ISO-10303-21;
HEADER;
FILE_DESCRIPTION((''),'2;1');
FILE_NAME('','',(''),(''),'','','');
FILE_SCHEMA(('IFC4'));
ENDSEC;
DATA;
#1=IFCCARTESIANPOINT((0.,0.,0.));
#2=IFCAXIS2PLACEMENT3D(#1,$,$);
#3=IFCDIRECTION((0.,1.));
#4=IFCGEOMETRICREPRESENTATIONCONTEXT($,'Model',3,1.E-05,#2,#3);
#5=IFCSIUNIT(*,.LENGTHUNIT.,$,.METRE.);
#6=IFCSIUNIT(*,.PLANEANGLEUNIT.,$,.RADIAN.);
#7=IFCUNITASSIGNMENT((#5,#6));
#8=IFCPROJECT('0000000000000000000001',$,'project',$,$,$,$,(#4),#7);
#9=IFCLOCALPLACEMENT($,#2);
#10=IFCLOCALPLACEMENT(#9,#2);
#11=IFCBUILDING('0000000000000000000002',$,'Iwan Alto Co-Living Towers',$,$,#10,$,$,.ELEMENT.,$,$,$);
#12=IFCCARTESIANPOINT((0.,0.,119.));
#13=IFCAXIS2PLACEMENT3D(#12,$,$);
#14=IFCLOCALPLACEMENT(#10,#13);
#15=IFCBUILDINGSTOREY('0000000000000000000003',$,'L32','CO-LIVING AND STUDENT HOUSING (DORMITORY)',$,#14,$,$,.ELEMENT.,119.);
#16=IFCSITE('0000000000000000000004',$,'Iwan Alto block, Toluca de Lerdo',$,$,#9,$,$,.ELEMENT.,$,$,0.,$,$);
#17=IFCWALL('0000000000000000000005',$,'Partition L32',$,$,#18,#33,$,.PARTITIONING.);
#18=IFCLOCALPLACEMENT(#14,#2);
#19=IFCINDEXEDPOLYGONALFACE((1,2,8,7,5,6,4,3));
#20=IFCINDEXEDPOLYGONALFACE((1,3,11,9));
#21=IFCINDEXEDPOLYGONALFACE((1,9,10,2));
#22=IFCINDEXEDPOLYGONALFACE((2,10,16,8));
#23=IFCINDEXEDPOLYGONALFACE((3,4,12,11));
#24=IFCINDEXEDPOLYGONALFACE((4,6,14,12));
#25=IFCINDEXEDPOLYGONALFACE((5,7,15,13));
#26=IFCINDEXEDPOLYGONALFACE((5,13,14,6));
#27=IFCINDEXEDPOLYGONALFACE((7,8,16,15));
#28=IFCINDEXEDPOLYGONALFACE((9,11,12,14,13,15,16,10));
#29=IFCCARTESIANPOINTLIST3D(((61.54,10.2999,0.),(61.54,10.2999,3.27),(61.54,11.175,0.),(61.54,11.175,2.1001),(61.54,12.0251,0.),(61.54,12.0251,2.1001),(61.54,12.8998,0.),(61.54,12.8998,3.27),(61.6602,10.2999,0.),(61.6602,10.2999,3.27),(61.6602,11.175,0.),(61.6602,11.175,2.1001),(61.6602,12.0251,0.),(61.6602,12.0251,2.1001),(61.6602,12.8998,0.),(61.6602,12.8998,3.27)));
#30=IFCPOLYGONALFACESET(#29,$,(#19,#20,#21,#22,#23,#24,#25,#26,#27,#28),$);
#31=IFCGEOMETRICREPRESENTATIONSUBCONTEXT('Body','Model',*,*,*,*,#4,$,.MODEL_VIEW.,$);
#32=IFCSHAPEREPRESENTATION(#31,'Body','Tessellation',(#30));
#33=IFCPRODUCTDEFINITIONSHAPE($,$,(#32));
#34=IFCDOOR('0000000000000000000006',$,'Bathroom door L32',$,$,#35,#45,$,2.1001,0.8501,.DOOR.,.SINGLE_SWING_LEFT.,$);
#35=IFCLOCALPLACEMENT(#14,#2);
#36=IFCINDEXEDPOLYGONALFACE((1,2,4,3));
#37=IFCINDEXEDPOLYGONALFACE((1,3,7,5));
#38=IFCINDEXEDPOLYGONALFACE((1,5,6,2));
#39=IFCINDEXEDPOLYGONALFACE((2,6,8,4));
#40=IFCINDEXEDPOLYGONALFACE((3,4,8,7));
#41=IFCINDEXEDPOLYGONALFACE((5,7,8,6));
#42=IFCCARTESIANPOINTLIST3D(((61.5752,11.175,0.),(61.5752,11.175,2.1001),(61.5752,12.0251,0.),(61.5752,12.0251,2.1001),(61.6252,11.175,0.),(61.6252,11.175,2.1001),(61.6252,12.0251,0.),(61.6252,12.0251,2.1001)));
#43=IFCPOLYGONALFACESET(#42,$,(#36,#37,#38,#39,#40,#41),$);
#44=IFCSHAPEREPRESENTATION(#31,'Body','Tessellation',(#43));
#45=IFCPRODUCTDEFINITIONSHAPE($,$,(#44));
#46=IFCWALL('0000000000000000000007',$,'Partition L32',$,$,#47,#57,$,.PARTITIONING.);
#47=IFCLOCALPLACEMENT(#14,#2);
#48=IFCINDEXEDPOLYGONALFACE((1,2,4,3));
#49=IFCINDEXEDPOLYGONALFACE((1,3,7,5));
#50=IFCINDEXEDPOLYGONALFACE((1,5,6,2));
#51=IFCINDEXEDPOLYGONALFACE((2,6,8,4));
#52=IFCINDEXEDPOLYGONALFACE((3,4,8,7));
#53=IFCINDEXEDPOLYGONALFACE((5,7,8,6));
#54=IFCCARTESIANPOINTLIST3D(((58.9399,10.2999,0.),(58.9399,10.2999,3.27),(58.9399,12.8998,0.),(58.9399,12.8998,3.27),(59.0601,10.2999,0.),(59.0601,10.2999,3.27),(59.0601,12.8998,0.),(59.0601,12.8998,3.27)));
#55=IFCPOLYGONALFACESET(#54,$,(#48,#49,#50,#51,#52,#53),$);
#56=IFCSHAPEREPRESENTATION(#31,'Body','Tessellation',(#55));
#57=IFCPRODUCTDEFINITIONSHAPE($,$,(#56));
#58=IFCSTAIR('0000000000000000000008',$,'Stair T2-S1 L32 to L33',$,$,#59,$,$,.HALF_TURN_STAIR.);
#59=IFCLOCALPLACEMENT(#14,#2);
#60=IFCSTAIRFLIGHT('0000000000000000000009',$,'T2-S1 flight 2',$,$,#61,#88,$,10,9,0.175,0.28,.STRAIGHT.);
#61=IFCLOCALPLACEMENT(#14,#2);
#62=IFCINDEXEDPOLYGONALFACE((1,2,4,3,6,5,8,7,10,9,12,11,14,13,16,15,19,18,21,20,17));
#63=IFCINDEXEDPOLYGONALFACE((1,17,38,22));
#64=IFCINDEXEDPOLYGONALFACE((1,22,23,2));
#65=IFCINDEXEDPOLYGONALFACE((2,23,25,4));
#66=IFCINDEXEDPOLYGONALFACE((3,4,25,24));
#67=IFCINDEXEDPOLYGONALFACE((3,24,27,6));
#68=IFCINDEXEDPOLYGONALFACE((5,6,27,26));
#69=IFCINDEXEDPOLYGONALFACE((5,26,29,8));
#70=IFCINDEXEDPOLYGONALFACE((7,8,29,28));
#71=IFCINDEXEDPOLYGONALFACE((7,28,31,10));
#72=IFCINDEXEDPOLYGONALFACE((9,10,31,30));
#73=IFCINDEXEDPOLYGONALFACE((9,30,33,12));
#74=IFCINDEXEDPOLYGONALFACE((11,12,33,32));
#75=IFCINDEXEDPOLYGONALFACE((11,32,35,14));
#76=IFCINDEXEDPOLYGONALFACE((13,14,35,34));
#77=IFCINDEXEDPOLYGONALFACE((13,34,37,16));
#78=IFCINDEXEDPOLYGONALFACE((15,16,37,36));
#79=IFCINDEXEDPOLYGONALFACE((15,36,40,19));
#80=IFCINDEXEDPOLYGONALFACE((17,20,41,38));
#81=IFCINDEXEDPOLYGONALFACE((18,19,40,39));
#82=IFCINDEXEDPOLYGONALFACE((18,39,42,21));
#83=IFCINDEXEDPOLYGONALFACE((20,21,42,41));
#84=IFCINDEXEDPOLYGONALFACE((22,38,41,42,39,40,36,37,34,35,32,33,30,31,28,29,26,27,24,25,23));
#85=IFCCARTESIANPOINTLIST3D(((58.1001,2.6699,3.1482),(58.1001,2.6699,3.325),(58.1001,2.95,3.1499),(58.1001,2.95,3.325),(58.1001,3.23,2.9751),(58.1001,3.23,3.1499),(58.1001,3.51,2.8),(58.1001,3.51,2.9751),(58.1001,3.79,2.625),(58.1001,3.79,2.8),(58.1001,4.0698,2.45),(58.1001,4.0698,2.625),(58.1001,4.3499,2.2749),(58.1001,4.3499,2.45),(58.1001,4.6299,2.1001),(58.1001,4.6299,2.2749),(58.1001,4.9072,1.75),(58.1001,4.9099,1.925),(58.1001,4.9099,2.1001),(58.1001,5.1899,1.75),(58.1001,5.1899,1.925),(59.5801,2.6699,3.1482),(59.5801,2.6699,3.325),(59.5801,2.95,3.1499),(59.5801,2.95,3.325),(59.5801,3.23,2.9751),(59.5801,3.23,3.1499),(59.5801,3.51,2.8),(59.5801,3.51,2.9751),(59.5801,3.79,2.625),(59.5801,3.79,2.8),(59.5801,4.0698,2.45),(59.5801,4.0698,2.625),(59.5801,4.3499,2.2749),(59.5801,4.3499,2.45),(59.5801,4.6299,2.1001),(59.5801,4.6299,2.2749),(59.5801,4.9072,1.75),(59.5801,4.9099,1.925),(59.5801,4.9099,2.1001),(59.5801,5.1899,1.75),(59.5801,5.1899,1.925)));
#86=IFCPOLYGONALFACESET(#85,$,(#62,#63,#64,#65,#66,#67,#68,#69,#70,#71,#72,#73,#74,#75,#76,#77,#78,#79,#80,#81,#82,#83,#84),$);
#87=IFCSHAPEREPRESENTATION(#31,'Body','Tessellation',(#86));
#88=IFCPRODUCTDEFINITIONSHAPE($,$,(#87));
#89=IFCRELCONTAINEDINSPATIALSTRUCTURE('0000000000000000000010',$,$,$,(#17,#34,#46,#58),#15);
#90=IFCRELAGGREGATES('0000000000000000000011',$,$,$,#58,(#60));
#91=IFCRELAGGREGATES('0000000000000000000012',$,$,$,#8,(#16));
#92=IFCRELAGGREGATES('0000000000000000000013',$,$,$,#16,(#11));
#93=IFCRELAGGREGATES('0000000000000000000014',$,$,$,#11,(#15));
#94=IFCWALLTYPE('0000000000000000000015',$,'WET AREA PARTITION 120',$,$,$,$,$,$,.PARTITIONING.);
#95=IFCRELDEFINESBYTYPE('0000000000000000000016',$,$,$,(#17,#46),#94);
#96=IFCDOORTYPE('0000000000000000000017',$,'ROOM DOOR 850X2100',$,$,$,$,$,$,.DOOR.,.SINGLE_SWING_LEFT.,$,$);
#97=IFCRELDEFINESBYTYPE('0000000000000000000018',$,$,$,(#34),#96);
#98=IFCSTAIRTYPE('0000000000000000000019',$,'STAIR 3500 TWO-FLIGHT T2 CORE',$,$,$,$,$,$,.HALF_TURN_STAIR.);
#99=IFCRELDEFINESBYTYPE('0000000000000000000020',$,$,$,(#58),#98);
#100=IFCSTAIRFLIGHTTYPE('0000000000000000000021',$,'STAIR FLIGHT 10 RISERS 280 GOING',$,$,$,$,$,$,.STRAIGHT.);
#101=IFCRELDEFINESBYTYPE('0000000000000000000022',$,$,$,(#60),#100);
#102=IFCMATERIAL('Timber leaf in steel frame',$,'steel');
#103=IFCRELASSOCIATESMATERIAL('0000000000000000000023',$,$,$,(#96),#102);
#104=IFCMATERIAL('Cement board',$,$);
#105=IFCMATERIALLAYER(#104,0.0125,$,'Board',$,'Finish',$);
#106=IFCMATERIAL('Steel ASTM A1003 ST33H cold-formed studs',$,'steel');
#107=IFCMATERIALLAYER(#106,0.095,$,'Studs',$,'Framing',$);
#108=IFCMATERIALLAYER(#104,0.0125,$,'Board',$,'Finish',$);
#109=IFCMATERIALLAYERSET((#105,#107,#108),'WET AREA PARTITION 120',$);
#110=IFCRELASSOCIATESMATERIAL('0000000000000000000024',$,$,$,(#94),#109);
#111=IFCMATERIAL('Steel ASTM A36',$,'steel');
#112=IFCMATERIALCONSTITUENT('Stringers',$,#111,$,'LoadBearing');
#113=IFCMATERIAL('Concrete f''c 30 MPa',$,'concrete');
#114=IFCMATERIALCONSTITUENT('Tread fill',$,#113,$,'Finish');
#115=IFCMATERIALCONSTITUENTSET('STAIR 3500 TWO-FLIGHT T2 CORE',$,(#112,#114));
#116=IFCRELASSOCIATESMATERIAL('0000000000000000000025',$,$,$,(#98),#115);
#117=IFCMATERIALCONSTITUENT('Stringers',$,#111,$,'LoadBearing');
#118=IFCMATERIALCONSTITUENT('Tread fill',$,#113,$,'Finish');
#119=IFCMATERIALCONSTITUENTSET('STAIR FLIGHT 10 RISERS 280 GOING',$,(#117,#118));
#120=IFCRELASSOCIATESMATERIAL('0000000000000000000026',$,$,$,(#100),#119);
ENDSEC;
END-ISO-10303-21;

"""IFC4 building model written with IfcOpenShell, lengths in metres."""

from ifc_helpers import new_model, si_unit, direction, frame, frame_2d, origin, place, context, subcontext, project, spatial, polyline, rectangle, outline, extrude, material, layer, layer_set, constituent, constituent_set, type_object, element, fill, aggregate, save


model = new_model("IFC4")

# Units and contexts
model_context = context("Model", 3, precision=1e-05, world=origin(), true_north=direction((0.0, 1.0)))
body_context = subcontext(model_context, "Body", "Model", "MODEL_VIEW")
ifc_project = project(units=[si_unit("LENGTHUNIT", "METRE"), si_unit("PLANEANGLEUNIT", "RADIAN")], contexts=[model_context])

# Site, building, storey
site_placement = place(None, origin())
site = spatial("IfcSite", under=ifc_project, at=site_placement, Name="Iwan Alto block, Toluca de Lerdo", CompositionType="ELEMENT", RefElevation=0.0)
building_placement = place(site_placement, origin())
building = spatial("IfcBuilding", under=site, at=building_placement, Name="Iwan Alto Co-Living Towers", CompositionType="ELEMENT")
storey_placement = place(building_placement, frame((0.0, 0.0, 119.0)))
storey = spatial("IfcBuildingStorey", under=building, at=storey_placement, Name="L32", Description="CO-LIVING AND STUDENT HOUSING (DORMITORY)", CompositionType="ELEMENT", Elevation=119.0)

# Shared definitions
ifc_material_1 = material(Name="Steel ASTM A1003 ST33H cold-formed studs", Category="steel")
ifc_material_2 = material(Name="Timber leaf in steel frame", Category="steel")
door_type_1 = type_object("IfcDoorType", Name="ROOM DOOR 850X2100", OperationType="SINGLE_SWING_LEFT", PredefinedType="DOOR", material=ifc_material_2)

# Wall, opening, door
ifc_material_3 = material(Name="Cement board")
ifc_layer_1 = layer(ifc_material_3, 0.0125, Name="Board", Category="Finish")
ifc_layer_2 = layer(ifc_material_1, 0.095, Name="Studs", Category="Framing")
ifc_layer_3 = layer(ifc_material_3, 0.0125, Name="Board", Category="Finish")
ifc_layer_set_1 = layer_set([ifc_layer_1, ifc_layer_2, ifc_layer_3], Name="WET AREA PARTITION 120")
wall_type_1 = type_object("IfcWallType", Name="WET AREA PARTITION 120", PredefinedType="PARTITIONING", material=ifc_layer_set_1)
wall_1_placement = place(storey_placement, frame((61.6001, 10.3, 0.0), z_axis=(0.0, 0.0, 1.0), x_axis=(0.0, 1.0, 0.0)))
wall_1 = element("IfcWall", 1, at=wall_1_placement, inside=storey, type_object=wall_type_1, Name="Partition L32", PredefinedType="PARTITIONING", context=body_context, shape_type="SweptSolid", body=[
    extrude(rectangle(XDim=2.5999, YDim=0.1201, at=frame_2d((1.2998, 0.0))), origin(), (0.0, 0.0, 1.0), 3.27),
])
opening_1_placement = place(wall_1_placement, frame((0.875, 0.0, 0.0)))
opening_1 = element("IfcOpeningElement", 2, at=opening_1_placement, cuts=wall_1, PredefinedType="OPENING", context=body_context, shape_type="SweptSolid", body=[
    extrude(rectangle(XDim=0.8501, YDim=2.1001, at=frame_2d((0.425, 1.05))), frame((0.0, 0.0701, 0.0), z_axis=(0.0, -1.0, 0.0), x_axis=(1.0, 0.0, 0.0)), (0.0, 0.0, 1.0), 0.1401),
])
door_1_placement = place(opening_1_placement, origin())
door_1 = element("IfcDoor", 3, at=door_1_placement, inside=storey, type_object=door_type_1, Name="Bathroom door L32", OperationType="SINGLE_SWING_LEFT", OverallHeight=2.1001, OverallWidth=0.8501, PredefinedType="DOOR", context=body_context, shape_type="SweptSolid", body=[
    extrude(rectangle(XDim=0.8501, YDim=2.1001, at=frame_2d((0.425, 1.05))), frame((0.0, 0.0249, 0.0), z_axis=(0.0, -1.0, 0.0), x_axis=(1.0, 0.0, 0.0)), (0.0, 0.0, 1.0), 0.05),
])
fill(opening_1, door_1)

# Wall
wall_2_placement = place(storey_placement, frame((59.0, 10.3, 0.0), z_axis=(0.0, 0.0, 1.0), x_axis=(0.0, 1.0, 0.0)))
element("IfcWall", 4, at=wall_2_placement, inside=storey, type_object=wall_type_1, Name="Partition L32", PredefinedType="PARTITIONING", context=body_context, shape_type="SweptSolid", body=[
    extrude(rectangle(XDim=2.5999, YDim=0.1201, at=frame_2d((1.2998, 0.0))), origin(), (0.0, 0.0, 1.0), 3.27),
])

# Stair, stair flight
ifc_material_4 = material(Name="Steel ASTM A36", Category="steel")
ifc_constituent_1 = constituent(ifc_material_4, Name="Stringers", Category="LoadBearing")
ifc_material_5 = material(Name="Concrete f'c 30 MPa", Category="concrete")
ifc_constituent_2 = constituent(ifc_material_5, Name="Tread fill", Category="Finish")
ifc_constituent_set_1 = constituent_set(constituents=[ifc_constituent_1, ifc_constituent_2], Name="STAIR 3500 TWO-FLIGHT T2 CORE")
stair_type = type_object("IfcStairType", Name="STAIR 3500 TWO-FLIGHT T2 CORE", PredefinedType="HALF_TURN_STAIR", material=ifc_constituent_set_1)
stair_placement = place(storey_placement, origin())
stair = element("IfcStair", 5, at=stair_placement, inside=storey, type_object=stair_type, Name="Stair T2-S1 L32 to L33", PredefinedType="HALF_TURN_STAIR")
ifc_constituent_3 = constituent(ifc_material_4, Name="Stringers", Category="LoadBearing")
ifc_constituent_4 = constituent(ifc_material_5, Name="Tread fill", Category="Finish")
ifc_constituent_set_2 = constituent_set(constituents=[ifc_constituent_3, ifc_constituent_4], Name="STAIR FLIGHT 10 RISERS 280 GOING")
stair_flight_type = type_object("IfcStairFlightType", Name="STAIR FLIGHT 10 RISERS 280 GOING", PredefinedType="STRAIGHT", material=ifc_constituent_set_2)
stair_flight_placement = place(storey_placement, frame((58.8401, 5.1899, 1.75), z_axis=(0.0, 0.0, 1.0), x_axis=(0.0, -1.0, 0.0)))
stair_flight = element("IfcStairFlight", 6, at=stair_flight_placement, type_object=stair_flight_type, Name="T2-S1 flight 2", NumberOfRisers=10, NumberOfTreads=9, PredefinedType="STRAIGHT", RiserHeight=0.175, TreadLength=0.28, context=body_context, shape_type="SweptSolid", body=[
    extrude(outline(polyline([(0.0, 0.0), (0.0, 0.175), (0.28, 0.175), (0.28, 0.3501), (0.5601, 0.3501), (0.5601, 0.5249), (0.8401, 0.5249), (0.8401, 0.7), (1.1201, 0.7), (1.1201, 0.875), (1.3999, 0.875), (1.3999, 1.05), (1.6799, 1.05), (1.6799, 1.2251), (1.96, 1.2251), (1.96, 1.3999), (2.24, 1.3999), (2.24, 1.575), (2.52, 1.575), (2.52, 1.75), (2.52, 1.3982), (0.2827, 0.0), (0.0, 0.0)])), frame((0.0, 0.74, 0.0), z_axis=(0.0, -1.0, 0.0), x_axis=(1.0, 0.0, 0.0)), (0.0, 0.0, 1.0), 1.48),
])
aggregate(stair, [stair_flight])

save(model, "model.ifc")
